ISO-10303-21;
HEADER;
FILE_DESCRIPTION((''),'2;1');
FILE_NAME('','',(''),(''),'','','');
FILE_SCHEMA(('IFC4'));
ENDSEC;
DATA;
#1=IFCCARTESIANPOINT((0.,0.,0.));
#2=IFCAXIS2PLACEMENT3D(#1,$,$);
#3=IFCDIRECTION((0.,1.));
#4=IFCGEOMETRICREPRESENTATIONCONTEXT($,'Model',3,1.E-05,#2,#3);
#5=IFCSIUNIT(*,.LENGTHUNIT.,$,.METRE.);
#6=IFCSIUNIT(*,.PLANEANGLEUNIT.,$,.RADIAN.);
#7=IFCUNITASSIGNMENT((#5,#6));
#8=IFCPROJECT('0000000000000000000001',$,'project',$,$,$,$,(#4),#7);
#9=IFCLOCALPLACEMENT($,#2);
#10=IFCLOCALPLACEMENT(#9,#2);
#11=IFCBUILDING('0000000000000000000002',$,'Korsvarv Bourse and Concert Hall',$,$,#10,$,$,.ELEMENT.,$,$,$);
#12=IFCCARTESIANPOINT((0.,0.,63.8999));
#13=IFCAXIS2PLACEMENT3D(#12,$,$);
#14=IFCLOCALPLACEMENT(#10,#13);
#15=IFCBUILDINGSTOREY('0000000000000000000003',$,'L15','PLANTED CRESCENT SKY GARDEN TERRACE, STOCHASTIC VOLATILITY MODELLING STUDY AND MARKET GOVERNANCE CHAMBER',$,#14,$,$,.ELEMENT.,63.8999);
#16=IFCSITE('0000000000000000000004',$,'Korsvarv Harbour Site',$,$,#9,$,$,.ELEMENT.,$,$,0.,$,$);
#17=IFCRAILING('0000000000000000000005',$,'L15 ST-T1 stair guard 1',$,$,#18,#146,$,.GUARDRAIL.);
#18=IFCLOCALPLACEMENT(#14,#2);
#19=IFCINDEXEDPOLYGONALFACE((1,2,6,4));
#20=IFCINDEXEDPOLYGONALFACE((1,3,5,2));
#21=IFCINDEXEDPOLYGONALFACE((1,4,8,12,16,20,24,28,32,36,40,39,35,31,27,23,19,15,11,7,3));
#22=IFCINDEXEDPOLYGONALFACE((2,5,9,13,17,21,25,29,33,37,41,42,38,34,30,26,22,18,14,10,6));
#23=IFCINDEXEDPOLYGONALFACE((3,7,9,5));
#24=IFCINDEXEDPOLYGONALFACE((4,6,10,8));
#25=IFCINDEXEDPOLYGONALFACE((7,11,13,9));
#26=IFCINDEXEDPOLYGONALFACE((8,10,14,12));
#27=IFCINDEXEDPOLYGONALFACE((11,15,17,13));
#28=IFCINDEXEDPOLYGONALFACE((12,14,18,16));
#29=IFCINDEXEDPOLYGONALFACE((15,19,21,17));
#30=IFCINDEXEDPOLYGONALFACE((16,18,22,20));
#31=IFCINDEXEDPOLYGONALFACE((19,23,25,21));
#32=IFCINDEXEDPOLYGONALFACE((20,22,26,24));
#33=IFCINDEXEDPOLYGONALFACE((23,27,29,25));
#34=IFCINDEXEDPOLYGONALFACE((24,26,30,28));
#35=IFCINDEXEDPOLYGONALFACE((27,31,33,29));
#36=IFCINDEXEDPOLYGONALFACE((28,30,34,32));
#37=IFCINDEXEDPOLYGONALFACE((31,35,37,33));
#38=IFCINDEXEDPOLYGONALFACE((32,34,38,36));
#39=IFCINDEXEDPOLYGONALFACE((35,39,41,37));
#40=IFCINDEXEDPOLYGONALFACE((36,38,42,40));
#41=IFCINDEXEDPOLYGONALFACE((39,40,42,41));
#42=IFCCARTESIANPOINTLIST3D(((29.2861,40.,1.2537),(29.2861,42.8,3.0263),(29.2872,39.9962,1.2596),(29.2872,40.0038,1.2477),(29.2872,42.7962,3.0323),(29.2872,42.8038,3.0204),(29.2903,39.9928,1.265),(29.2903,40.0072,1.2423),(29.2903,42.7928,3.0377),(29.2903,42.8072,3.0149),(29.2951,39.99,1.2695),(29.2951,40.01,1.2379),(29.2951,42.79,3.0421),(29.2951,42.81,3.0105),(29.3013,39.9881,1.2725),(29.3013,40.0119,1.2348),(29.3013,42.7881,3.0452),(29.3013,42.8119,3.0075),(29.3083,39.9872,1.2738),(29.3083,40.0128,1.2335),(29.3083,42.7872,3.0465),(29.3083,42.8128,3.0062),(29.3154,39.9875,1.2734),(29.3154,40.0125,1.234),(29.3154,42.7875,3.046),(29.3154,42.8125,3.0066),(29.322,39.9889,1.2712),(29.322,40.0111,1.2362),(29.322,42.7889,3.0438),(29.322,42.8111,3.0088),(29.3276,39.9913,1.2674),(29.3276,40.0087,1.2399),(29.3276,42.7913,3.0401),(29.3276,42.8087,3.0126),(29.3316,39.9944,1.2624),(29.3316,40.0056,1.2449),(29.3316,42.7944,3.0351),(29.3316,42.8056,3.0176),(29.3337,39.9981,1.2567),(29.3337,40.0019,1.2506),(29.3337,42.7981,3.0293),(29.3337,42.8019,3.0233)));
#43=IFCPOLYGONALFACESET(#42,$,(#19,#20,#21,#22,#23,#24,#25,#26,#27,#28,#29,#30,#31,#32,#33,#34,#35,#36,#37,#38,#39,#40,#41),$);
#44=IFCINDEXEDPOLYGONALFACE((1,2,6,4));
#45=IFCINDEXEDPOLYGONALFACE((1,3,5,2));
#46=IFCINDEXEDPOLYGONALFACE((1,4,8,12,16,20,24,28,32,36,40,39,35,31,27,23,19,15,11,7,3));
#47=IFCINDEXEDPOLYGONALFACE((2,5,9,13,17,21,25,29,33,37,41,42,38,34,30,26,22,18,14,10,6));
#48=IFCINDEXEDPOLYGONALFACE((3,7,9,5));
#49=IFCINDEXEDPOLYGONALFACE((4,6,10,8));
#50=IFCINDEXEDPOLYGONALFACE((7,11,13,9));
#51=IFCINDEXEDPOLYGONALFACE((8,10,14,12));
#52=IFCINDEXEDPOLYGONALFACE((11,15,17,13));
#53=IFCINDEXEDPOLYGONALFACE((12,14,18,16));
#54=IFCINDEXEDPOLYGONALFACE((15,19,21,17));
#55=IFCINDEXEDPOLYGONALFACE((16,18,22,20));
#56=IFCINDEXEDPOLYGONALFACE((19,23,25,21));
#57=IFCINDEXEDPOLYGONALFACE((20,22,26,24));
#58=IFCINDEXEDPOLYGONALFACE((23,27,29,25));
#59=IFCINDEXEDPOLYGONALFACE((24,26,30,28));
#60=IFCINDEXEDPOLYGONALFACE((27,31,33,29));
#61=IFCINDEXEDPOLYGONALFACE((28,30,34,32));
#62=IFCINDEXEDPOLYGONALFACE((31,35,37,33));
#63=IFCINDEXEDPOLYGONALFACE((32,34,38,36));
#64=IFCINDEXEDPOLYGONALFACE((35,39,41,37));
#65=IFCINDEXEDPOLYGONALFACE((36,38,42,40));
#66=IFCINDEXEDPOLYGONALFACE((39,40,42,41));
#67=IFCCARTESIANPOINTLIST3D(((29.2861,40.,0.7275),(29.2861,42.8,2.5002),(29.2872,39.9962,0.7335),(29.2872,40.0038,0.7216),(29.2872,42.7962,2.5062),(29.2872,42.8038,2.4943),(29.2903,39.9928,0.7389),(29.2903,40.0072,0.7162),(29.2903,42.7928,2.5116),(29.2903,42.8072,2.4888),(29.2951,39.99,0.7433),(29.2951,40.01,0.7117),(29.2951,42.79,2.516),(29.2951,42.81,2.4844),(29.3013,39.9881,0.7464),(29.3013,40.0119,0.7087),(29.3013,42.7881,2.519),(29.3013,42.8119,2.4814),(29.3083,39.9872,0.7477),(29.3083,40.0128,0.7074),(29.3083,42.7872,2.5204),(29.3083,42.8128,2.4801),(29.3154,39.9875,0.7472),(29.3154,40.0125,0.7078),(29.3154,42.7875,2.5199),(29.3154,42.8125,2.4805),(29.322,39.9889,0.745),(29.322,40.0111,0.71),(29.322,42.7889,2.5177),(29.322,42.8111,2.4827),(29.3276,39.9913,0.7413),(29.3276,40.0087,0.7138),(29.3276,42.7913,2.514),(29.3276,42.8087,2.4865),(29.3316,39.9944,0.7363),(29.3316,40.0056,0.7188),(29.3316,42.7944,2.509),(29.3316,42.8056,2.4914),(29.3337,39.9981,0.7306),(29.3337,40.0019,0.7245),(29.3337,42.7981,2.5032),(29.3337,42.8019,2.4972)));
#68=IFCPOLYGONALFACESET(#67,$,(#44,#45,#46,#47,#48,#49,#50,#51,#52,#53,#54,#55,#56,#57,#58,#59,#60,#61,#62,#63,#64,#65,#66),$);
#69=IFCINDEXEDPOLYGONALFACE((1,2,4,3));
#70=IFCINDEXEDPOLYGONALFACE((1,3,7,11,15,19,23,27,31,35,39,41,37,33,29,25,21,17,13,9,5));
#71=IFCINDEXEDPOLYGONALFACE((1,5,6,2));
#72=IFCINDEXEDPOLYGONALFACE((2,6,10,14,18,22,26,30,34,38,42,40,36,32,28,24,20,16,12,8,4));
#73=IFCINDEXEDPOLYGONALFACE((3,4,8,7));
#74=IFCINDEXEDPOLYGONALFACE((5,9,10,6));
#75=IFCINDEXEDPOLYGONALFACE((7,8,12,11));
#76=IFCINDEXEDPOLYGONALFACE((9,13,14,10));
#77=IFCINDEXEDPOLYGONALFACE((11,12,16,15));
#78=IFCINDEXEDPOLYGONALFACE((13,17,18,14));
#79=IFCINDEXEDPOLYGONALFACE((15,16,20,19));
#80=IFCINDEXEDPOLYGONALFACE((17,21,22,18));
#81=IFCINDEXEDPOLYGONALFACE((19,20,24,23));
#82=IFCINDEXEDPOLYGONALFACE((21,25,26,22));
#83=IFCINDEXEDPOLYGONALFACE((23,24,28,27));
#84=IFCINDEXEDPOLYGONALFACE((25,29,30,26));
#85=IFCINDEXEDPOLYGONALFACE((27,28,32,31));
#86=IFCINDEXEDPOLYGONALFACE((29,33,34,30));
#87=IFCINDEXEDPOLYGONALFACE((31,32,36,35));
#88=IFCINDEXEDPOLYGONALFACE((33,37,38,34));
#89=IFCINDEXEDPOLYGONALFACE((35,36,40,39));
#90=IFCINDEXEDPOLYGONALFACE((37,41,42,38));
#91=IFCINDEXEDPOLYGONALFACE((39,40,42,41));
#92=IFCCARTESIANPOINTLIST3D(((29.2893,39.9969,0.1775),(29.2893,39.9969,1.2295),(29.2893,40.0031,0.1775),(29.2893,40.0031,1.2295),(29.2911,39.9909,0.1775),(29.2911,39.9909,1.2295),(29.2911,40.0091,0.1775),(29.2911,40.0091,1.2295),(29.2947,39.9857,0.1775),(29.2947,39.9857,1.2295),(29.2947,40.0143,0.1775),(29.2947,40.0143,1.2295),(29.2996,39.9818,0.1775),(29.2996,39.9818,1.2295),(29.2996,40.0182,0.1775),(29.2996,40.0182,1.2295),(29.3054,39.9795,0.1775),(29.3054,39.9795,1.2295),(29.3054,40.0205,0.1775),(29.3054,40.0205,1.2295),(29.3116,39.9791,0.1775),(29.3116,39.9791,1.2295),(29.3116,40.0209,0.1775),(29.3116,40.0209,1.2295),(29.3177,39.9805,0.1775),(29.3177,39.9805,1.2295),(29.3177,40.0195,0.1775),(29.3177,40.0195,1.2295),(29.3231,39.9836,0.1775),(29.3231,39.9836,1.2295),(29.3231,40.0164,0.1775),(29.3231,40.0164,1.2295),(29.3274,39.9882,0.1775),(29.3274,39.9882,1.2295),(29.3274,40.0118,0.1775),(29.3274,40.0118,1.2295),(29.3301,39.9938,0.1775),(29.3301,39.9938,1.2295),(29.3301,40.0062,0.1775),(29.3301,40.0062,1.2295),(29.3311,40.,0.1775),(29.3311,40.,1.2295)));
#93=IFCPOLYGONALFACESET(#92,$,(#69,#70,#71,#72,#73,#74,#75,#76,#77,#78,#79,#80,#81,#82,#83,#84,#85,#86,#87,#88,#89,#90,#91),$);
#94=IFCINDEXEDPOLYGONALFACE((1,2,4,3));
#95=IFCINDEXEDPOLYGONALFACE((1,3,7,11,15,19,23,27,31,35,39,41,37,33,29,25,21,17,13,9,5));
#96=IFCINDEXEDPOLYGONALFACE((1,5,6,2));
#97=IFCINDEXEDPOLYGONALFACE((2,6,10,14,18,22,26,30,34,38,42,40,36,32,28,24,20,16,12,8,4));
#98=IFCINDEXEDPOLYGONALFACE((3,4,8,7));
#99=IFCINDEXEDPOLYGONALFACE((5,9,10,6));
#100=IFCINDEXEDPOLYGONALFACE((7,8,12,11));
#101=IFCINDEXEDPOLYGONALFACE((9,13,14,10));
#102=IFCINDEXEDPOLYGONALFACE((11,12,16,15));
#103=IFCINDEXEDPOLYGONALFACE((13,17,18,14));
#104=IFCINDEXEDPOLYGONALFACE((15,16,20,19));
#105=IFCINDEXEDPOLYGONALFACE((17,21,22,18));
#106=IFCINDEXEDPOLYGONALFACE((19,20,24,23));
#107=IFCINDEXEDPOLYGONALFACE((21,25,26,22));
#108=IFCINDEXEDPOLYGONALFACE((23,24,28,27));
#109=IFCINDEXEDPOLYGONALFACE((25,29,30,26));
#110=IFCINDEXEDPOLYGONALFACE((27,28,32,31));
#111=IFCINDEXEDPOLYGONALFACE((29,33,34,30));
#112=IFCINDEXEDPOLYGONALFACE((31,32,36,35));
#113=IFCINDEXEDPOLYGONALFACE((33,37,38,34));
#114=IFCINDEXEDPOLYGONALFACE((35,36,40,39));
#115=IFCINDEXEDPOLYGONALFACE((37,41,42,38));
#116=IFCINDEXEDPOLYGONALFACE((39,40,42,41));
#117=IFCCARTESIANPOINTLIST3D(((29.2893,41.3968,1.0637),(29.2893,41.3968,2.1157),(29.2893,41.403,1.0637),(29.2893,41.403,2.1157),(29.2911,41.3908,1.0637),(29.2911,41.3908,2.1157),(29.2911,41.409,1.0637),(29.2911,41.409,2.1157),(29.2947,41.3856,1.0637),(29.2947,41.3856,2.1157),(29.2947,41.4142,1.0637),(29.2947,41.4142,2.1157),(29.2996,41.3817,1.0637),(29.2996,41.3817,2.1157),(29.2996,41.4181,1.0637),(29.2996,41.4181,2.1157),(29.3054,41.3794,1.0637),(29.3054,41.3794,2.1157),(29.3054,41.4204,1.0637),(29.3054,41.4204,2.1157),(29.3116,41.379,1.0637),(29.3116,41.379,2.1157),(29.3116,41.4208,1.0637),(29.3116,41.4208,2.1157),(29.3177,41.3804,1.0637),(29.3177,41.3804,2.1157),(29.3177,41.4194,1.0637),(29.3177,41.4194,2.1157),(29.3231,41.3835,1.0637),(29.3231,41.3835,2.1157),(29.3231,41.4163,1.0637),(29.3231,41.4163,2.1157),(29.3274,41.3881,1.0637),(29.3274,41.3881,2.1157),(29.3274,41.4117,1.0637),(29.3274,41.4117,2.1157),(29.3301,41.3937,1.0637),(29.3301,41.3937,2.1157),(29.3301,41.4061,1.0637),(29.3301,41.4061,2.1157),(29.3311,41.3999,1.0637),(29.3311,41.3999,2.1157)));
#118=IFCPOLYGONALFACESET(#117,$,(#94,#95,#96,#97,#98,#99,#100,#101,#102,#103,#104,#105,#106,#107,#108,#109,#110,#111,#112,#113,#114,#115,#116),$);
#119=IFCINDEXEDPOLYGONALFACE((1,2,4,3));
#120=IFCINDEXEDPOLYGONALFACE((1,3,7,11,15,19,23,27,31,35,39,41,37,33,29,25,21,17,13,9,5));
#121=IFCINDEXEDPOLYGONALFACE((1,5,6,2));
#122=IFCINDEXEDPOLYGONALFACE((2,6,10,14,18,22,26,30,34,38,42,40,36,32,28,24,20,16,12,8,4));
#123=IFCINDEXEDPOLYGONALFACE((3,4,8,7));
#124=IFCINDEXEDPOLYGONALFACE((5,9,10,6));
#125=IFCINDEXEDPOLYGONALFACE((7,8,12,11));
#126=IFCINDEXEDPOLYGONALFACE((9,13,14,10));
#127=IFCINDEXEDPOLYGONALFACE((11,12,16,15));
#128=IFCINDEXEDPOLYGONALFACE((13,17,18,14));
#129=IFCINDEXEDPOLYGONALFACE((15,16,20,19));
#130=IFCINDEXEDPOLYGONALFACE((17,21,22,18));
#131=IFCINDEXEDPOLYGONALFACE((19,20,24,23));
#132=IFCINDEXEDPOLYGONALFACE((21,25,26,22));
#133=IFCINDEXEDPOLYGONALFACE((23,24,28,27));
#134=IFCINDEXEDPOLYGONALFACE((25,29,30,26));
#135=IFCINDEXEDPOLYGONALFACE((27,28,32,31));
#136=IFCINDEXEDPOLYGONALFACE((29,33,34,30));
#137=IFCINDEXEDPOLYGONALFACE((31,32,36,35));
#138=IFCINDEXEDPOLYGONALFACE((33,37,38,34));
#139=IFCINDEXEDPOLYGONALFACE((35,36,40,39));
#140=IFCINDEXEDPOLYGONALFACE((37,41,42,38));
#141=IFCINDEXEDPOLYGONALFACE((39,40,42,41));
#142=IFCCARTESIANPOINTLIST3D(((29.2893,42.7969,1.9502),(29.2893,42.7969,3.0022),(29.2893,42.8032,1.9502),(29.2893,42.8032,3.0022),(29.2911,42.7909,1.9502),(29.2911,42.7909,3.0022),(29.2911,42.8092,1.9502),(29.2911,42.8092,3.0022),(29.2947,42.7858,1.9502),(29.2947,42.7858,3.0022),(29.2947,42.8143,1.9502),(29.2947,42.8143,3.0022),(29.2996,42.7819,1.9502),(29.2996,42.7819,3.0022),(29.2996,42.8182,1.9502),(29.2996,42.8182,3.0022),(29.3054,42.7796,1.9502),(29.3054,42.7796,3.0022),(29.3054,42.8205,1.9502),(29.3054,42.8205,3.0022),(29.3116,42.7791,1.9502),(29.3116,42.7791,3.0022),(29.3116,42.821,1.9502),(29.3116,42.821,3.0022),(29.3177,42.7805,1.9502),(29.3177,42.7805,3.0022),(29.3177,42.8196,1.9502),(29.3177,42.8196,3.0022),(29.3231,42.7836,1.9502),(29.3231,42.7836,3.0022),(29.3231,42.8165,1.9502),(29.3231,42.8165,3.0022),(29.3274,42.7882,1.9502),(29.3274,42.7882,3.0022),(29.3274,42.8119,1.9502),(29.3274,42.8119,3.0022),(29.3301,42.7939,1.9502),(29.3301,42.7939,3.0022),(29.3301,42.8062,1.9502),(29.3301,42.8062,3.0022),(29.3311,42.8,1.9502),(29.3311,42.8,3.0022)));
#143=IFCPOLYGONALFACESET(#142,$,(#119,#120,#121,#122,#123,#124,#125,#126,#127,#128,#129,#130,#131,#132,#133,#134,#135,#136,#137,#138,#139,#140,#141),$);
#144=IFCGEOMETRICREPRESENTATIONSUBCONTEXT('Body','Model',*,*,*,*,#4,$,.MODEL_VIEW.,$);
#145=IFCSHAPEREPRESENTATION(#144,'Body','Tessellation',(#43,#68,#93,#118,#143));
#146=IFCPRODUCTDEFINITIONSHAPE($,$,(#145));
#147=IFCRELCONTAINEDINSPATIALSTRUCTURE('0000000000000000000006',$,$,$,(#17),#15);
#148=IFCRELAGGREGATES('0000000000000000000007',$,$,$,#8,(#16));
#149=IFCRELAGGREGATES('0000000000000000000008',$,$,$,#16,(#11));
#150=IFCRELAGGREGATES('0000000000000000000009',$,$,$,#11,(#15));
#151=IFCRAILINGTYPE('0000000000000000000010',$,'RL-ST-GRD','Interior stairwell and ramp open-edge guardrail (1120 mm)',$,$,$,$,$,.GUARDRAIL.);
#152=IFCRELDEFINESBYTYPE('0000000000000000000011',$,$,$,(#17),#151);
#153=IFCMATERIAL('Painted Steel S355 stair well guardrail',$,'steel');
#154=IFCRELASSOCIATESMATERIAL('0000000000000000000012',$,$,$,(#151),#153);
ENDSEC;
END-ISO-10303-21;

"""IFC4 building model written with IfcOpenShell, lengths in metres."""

from ifc_helpers import new_model, si_unit, direction, frame, origin, origin_2d, place, context, subcontext, project, spatial, circle, extrude, material, type_object, element, save


model = new_model("IFC4")

# Units and contexts
model_context = context("Model", 3, precision=1e-05, world=origin(), true_north=direction((0.0, 1.0)))
body_context = subcontext(model_context, "Body", "Model", "MODEL_VIEW")
ifc_project = project(units=[si_unit("LENGTHUNIT", "METRE"), si_unit("PLANEANGLEUNIT", "RADIAN")], contexts=[model_context])

# Site, building, storey
site_placement = place(None, origin())
site = spatial("IfcSite", under=ifc_project, at=site_placement, Name="Korsvarv Harbour Site", CompositionType="ELEMENT", RefElevation=0.0)
building_placement = place(site_placement, origin())
building = spatial("IfcBuilding", under=site, at=building_placement, Name="Korsvarv Bourse and Concert Hall", CompositionType="ELEMENT")
storey_placement = place(building_placement, frame((0.0, 0.0, 63.8999)))
storey = spatial("IfcBuildingStorey", under=building, at=storey_placement, Name="L15", Description="PLANTED CRESCENT SKY GARDEN TERRACE, STOCHASTIC VOLATILITY MODELLING STUDY AND MARKET GOVERNANCE CHAMBER", CompositionType="ELEMENT", Elevation=63.8999)

# Railing
ifc_material_1 = material(Name="Painted Steel S355 stair well guardrail", Category="steel")
railing_type_1 = type_object("IfcRailingType", Name="RL-ST-GRD", Description="Interior stairwell and ramp open-edge guardrail (1120 mm)", PredefinedType="GUARDRAIL", material=ifc_material_1)
railing_1_placement = place(storey_placement, frame((29.3101, 40.0, 0.1775)))
element("IfcRailing", 1, at=railing_1_placement, inside=storey, type_object=railing_type_1, Name="L15 ST-T1 stair guard 1", PredefinedType="GUARDRAIL", context=body_context, shape_type="SweptSolid", body=[
    extrude(circle(Radius=0.0239, at=origin_2d()), frame((0.0, 0.0, 1.0762), z_axis=(0.0, 0.844909, 0.53491), x_axis=(-1.0, 0.0, 0.0)), (0.0, 0.0, 1.0), 3.314),
    extrude(circle(Radius=0.0239, at=origin_2d()), frame((0.0, 0.0, 0.55), z_axis=(0.0, 0.844909, 0.53491), x_axis=(-1.0, 0.0, 0.0)), (0.0, 0.0, 1.0), 3.314),
    extrude(circle(Radius=0.021, at=origin_2d()), origin(), (0.0, 0.0, 1.0), 1.052),
    extrude(circle(Radius=0.021, at=origin_2d()), frame((0.0, 1.3999, 0.8862)), (0.0, 0.0, 1.0), 1.052),
    extrude(circle(Radius=0.021, at=origin_2d()), frame((0.0, 2.8, 1.7727)), (0.0, 0.0, 1.0), 1.052),
])

save(model, "model.ifc")
